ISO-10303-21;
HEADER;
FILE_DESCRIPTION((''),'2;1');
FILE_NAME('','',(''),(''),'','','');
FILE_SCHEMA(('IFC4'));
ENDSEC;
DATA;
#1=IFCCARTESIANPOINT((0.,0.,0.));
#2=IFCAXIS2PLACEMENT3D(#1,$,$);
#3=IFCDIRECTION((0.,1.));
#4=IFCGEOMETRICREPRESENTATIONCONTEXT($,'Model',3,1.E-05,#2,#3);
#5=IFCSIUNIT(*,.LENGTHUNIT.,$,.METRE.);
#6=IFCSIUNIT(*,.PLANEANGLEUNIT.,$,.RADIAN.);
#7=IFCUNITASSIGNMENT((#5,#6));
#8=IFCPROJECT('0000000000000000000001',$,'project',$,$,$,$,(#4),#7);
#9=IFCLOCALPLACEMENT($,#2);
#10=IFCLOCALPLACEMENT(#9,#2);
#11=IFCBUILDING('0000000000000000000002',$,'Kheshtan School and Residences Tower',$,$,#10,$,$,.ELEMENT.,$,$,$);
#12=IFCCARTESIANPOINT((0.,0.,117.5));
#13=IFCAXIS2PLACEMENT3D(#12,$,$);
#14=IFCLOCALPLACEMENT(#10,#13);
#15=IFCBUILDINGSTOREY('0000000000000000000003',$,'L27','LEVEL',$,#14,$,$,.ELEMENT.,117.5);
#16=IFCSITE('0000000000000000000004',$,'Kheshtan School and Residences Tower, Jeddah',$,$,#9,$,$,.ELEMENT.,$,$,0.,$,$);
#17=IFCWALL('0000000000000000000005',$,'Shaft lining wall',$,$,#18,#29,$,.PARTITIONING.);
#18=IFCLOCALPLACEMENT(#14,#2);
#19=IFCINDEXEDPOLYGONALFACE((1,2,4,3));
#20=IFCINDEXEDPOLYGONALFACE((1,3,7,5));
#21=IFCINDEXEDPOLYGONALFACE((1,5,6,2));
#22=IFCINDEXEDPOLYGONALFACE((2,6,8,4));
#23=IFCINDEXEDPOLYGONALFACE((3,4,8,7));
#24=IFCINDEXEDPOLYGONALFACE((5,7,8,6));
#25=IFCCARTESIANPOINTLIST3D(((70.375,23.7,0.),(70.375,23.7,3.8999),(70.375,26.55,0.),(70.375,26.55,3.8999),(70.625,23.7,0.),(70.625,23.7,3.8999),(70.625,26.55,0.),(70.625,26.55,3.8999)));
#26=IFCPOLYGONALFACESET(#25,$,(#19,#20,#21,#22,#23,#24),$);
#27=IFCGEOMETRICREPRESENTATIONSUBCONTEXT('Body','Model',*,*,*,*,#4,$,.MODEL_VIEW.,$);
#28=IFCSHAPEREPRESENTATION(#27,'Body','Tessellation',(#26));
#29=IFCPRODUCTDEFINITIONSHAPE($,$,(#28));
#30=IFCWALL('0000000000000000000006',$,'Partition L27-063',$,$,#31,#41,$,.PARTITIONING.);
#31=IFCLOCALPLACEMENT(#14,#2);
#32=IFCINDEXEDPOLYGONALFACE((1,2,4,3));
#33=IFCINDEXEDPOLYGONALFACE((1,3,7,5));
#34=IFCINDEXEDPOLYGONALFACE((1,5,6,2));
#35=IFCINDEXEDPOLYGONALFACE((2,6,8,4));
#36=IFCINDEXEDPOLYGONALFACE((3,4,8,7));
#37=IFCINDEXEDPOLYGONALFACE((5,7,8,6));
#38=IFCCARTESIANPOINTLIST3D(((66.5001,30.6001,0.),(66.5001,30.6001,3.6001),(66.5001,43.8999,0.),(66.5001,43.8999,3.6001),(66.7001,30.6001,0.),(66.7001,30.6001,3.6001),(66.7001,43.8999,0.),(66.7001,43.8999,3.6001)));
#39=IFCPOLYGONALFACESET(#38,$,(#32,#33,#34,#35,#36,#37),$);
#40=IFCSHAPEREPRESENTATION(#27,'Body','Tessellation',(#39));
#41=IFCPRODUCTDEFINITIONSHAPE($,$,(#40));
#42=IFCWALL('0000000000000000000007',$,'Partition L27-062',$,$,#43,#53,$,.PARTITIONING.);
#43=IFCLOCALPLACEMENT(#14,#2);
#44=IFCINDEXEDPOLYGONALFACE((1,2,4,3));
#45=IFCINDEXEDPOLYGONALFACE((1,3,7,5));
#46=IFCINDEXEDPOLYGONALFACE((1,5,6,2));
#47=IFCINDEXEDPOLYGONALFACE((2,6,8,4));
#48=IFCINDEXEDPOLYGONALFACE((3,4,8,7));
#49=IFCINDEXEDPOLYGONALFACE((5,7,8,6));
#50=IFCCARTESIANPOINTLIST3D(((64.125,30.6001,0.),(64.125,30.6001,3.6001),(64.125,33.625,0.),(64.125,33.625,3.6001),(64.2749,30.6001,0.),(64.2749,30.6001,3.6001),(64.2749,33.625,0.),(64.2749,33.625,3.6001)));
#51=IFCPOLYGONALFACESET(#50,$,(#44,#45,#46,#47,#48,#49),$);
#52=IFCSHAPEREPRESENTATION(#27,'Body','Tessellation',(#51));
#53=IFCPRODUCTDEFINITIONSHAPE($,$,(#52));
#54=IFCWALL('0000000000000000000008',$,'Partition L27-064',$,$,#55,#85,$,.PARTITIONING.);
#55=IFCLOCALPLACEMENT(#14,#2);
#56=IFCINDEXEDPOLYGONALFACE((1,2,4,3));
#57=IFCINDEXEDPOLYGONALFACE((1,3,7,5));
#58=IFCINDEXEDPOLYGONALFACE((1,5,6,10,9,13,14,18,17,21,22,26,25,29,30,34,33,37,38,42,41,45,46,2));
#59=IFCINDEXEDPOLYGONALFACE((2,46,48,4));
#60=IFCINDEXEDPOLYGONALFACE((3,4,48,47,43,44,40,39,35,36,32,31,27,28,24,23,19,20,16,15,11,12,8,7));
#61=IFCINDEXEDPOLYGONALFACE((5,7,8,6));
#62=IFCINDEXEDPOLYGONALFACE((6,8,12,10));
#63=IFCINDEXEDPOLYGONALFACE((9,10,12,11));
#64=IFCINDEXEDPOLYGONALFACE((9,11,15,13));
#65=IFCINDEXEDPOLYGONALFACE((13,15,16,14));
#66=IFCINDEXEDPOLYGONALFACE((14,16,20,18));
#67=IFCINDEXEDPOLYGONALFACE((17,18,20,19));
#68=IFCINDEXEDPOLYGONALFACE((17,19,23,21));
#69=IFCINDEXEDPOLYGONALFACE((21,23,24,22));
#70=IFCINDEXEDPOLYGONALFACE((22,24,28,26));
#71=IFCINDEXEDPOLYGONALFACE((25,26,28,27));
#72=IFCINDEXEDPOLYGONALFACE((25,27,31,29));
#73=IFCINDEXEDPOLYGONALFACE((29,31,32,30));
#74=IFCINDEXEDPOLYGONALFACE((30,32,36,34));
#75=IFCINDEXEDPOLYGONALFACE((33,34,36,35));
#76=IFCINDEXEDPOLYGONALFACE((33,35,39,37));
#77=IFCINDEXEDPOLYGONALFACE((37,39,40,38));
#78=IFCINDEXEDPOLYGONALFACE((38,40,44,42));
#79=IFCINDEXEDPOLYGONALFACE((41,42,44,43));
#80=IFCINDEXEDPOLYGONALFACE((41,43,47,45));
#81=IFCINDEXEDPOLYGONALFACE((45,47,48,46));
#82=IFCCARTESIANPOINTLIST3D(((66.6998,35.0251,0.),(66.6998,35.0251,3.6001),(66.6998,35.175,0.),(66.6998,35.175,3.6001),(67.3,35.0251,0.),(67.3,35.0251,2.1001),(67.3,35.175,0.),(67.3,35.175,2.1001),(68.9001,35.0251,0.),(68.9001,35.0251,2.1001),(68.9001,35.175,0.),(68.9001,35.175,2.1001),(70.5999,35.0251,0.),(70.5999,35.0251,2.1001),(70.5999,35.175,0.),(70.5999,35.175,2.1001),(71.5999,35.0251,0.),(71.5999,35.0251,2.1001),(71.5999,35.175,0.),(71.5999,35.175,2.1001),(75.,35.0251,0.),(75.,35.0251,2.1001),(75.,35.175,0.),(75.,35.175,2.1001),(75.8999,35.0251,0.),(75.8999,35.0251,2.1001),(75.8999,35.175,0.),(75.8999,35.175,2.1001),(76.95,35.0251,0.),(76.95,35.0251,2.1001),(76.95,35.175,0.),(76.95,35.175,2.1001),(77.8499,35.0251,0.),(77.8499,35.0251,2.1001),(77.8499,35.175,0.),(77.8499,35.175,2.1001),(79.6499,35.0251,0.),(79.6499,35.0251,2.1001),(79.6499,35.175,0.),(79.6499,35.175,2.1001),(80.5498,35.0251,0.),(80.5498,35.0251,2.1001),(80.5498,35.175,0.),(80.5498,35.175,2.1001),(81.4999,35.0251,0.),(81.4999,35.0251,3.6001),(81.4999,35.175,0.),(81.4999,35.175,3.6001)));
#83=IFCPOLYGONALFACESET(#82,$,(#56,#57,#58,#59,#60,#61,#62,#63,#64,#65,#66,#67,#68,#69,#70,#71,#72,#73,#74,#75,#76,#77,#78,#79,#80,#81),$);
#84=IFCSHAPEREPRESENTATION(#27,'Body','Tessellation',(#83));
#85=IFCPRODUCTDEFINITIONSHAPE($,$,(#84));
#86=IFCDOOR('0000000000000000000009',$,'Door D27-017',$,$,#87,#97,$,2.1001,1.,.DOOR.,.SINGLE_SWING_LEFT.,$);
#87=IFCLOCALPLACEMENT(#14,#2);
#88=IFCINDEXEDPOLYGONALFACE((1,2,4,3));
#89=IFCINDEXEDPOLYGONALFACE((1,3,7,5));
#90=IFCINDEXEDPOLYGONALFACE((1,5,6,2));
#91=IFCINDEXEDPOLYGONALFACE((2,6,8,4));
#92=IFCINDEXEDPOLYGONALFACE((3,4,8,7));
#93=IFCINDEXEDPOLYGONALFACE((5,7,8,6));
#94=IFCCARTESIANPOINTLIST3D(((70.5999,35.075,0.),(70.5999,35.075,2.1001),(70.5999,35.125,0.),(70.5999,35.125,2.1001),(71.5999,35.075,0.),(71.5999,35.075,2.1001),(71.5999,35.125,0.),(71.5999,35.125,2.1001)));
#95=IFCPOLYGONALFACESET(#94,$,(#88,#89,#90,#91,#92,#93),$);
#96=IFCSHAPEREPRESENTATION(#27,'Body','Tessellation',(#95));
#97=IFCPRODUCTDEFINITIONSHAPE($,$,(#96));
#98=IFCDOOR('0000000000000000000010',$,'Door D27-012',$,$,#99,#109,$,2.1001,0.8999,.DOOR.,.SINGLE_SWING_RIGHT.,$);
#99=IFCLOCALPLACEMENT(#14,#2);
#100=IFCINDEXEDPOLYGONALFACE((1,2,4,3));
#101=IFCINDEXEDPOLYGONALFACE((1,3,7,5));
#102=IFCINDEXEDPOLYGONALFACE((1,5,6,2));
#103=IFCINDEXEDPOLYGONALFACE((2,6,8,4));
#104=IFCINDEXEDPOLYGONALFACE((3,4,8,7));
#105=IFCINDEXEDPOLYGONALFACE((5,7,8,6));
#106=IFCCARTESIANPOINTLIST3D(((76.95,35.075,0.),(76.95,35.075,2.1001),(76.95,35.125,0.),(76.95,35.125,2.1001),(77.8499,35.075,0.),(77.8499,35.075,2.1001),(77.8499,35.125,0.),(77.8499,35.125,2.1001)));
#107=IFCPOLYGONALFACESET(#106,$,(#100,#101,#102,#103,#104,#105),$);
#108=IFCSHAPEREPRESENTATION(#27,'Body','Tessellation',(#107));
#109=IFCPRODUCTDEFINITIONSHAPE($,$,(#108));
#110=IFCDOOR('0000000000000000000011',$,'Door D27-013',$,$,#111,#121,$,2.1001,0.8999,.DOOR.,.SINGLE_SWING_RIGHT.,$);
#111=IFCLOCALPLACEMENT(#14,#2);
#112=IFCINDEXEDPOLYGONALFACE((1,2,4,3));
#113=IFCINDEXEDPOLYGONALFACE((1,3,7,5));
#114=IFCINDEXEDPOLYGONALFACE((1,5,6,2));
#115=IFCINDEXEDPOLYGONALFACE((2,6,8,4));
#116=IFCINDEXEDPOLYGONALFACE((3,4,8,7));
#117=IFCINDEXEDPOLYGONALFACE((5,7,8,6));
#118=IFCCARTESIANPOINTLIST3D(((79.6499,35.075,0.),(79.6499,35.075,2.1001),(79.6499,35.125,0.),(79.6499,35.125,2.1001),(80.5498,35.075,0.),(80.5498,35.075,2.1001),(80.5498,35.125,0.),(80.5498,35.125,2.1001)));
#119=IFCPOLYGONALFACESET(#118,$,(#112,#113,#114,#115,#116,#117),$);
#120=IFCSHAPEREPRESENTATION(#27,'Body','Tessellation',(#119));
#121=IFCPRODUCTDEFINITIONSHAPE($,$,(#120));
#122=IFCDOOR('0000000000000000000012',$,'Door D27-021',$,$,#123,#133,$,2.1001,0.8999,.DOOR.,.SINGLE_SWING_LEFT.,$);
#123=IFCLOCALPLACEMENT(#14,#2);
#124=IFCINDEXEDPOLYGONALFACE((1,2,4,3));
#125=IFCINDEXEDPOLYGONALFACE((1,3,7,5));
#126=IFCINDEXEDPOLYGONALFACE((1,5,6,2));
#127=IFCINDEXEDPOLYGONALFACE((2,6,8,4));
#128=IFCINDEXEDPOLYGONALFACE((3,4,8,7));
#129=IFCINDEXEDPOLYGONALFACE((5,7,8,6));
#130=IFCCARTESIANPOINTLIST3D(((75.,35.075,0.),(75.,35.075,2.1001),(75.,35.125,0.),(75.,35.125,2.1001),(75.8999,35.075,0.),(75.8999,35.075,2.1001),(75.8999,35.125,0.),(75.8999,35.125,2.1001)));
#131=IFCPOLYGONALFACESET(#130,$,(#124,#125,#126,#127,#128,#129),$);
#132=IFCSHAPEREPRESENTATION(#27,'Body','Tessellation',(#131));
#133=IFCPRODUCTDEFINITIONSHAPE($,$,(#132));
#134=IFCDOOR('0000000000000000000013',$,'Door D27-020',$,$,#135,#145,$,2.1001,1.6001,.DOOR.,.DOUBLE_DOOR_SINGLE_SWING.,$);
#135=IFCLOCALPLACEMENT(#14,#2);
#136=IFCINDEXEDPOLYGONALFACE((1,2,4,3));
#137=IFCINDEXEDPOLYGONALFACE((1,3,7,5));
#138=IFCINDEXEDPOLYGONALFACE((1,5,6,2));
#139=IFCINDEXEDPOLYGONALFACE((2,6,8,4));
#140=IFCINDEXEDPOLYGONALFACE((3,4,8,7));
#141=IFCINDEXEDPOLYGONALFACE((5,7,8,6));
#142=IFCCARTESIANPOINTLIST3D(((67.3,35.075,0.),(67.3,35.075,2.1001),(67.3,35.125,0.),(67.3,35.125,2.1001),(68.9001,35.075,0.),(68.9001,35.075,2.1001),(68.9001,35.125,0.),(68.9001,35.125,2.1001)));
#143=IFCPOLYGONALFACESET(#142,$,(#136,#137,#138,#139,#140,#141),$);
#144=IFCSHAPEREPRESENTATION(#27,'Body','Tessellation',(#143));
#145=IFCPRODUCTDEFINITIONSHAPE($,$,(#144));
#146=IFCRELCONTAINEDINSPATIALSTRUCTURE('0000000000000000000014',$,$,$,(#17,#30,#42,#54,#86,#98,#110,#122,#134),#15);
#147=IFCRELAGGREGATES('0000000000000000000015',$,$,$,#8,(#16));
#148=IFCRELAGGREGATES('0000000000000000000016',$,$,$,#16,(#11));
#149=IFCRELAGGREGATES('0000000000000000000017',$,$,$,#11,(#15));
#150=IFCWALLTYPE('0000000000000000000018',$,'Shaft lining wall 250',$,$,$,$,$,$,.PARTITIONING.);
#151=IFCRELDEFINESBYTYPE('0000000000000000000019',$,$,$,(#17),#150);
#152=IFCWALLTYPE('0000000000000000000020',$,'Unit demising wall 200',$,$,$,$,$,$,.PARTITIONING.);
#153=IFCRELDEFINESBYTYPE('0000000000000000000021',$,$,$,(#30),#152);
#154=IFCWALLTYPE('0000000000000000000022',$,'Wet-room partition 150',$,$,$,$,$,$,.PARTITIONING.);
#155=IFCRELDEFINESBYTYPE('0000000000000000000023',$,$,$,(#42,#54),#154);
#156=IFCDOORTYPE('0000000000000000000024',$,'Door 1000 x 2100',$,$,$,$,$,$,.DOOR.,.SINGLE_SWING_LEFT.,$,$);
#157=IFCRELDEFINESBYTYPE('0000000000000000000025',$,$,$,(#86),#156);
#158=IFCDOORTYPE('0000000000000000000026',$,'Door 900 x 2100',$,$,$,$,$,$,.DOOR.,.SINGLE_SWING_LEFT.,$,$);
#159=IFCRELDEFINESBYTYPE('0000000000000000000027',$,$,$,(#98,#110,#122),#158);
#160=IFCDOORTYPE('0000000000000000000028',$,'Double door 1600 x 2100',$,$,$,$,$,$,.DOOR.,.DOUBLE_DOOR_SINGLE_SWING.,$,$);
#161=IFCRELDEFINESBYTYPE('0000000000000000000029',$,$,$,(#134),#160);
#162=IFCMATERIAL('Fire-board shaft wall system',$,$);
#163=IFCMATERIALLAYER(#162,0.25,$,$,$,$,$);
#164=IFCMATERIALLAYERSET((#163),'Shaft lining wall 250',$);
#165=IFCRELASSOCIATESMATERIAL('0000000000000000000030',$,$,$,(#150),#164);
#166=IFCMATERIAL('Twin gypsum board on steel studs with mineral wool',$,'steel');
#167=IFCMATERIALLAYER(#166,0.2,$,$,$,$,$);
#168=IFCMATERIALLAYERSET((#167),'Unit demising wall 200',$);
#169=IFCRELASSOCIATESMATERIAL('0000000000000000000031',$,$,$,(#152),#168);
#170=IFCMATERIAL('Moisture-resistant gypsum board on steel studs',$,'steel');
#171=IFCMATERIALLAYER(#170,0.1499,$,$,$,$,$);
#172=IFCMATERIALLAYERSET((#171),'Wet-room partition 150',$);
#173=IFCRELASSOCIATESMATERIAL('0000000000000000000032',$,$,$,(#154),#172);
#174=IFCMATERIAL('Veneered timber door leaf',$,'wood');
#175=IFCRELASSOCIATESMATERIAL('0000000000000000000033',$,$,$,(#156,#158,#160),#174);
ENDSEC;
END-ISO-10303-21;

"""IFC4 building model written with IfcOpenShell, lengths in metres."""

from ifc_helpers import new_model, si_unit, direction, frame, frame_2d, origin, place, context, subcontext, project, spatial, rectangle, extrude, source, transform, mapped, material, layer, layer_set, type_object, element, fill, save


model = new_model("IFC4")

# Units and contexts
model_context = context("Model", 3, precision=1e-05, world=origin(), true_north=direction((0.0, 1.0)))
body_context = subcontext(model_context, "Body", "Model", "MODEL_VIEW")
ifc_project = project(units=[si_unit("LENGTHUNIT", "METRE"), si_unit("PLANEANGLEUNIT", "RADIAN")], contexts=[model_context])

# Site, building, storey
site_placement = place(None, origin())
site = spatial("IfcSite", under=ifc_project, at=site_placement, Name="Kheshtan School and Residences Tower, Jeddah", CompositionType="ELEMENT", RefElevation=0.0)
building_placement = place(site_placement, origin())
building = spatial("IfcBuilding", under=site, at=building_placement, Name="Kheshtan School and Residences Tower", CompositionType="ELEMENT")
storey_placement = place(building_placement, frame((0.0, 0.0, 117.5)))
storey = spatial("IfcBuildingStorey", under=building, at=storey_placement, Name="L27", Description="LEVEL", CompositionType="ELEMENT", Elevation=117.5)

# Walls
ifc_material_1 = material(Name="Fire-board shaft wall system")
ifc_layer_1 = layer(ifc_material_1, 0.25)
ifc_layer_set_1 = layer_set([ifc_layer_1], Name="Shaft lining wall 250")
wall_type_1 = type_object("IfcWallType", Name="Shaft lining wall 250", PredefinedType="PARTITIONING", material=ifc_layer_set_1)
wall_1_placement = place(storey_placement, frame((70.5, 23.7, 0.0), z_axis=(0.0, 0.0, 1.0), x_axis=(0.0, 1.0, 0.0)))
element("IfcWall", 1, at=wall_1_placement, inside=storey, type_object=wall_type_1, Name="Shaft lining wall", PredefinedType="PARTITIONING", context=body_context, shape_type="SweptSolid", body=[
    extrude(rectangle(XDim=2.8501, YDim=0.25, at=frame_2d((1.425, 0.0))), origin(), (0.0, 0.0, 1.0), 3.8999),
])
ifc_material_2 = material(Name="Twin gypsum board on steel studs with mineral wool", Category="steel")
ifc_layer_2 = layer(ifc_material_2, 0.2)
ifc_layer_set_2 = layer_set([ifc_layer_2], Name="Unit demising wall 200")
wall_type_2 = type_object("IfcWallType", Name="Unit demising wall 200", PredefinedType="PARTITIONING", material=ifc_layer_set_2)
wall_2_placement = place(storey_placement, frame((66.6001, 30.6001, 0.0), z_axis=(0.0, 0.0, 1.0), x_axis=(0.0, 1.0, 0.0)))
element("IfcWall", 2, at=wall_2_placement, inside=storey, type_object=wall_type_2, Name="Partition L27-063", PredefinedType="PARTITIONING", context=body_context, shape_type="SweptSolid", body=[
    extrude(rectangle(XDim=13.2998, YDim=0.2, at=frame_2d((6.6499, 0.0))), origin(), (0.0, 0.0, 1.0), 3.6001),
])
ifc_material_3 = material(Name="Moisture-resistant gypsum board on steel studs", Category="steel")
ifc_layer_3 = layer(ifc_material_3, 0.1499)
ifc_layer_set_3 = layer_set([ifc_layer_3], Name="Wet-room partition 150")
wall_type_3 = type_object("IfcWallType", Name="Wet-room partition 150", PredefinedType="PARTITIONING", material=ifc_layer_set_3)
wall_3_placement = place(storey_placement, frame((64.2, 30.6001, 0.0), z_axis=(0.0, 0.0, 1.0), x_axis=(0.0, 1.0, 0.0)))
element("IfcWall", 3, at=wall_3_placement, inside=storey, type_object=wall_type_3, Name="Partition L27-062", PredefinedType="PARTITIONING", context=body_context, shape_type="SweptSolid", body=[
    extrude(rectangle(XDim=3.0249, YDim=0.1499, at=frame_2d((1.5125, 0.0))), origin(), (0.0, 0.0, 1.0), 3.6001),
])

# Wall, openings, doors
wall_4_placement = place(storey_placement, frame((66.7, 35.1001, 0.0), z_axis=(0.0, 0.0, 1.0), x_axis=(1.0, 0.0, 0.0)))
wall_4 = element("IfcWall", 4, at=wall_4_placement, inside=storey, type_object=wall_type_3, Name="Partition L27-064", PredefinedType="PARTITIONING", context=body_context, shape_type="SweptSolid", body=[
    extrude(rectangle(XDim=14.8, YDim=0.1499, at=frame_2d((7.3999, 0.0))), origin(), (0.0, 0.0, 1.0), 3.6001),
])
opening_1_placement = place(wall_4_placement, frame((10.25, 0.0, 0.0)))
opening_1 = element("IfcOpeningElement", 5, at=opening_1_placement, cuts=wall_4, PredefinedType="OPENING", context=body_context, shape_type="SweptSolid", body=[
    extrude(rectangle(XDim=0.8999, YDim=2.1001, at=frame_2d((0.45, 1.05))), frame((0.0, 0.085, 0.0), z_axis=(0.0, -1.0, 0.0), x_axis=(1.0, 0.0, 0.0)), (0.0, 0.0, 1.0), 0.1699),
])
opening_2_placement = place(wall_4_placement, frame((12.95, 0.0, 0.0)))
opening_2 = element("IfcOpeningElement", 6, at=opening_2_placement, cuts=wall_4, PredefinedType="OPENING", context=body_context, shape_type="SweptSolid", body=[
    extrude(rectangle(XDim=0.8999, YDim=2.1001, at=frame_2d((0.45, 1.05))), frame((0.0, 0.085, 0.0), z_axis=(0.0, -1.0, 0.0), x_axis=(1.0, 0.0, 0.0)), (0.0, 0.0, 1.0), 0.1699),
])
opening_3_placement = place(wall_4_placement, frame((3.8999, 0.0, 0.0)))
opening_3 = element("IfcOpeningElement", 7, at=opening_3_placement, cuts=wall_4, PredefinedType="OPENING", context=body_context, shape_type="SweptSolid", body=[
    extrude(rectangle(XDim=1.0, YDim=2.1001, at=frame_2d((0.5, 1.05))), frame((0.0, 0.085, 0.0), z_axis=(0.0, -1.0, 0.0), x_axis=(1.0, 0.0, 0.0)), (0.0, 0.0, 1.0), 0.1699),
])
opening_4_placement = place(wall_4_placement, frame((0.6001, 0.0, 0.0)))
opening_4 = element("IfcOpeningElement", 8, at=opening_4_placement, cuts=wall_4, PredefinedType="OPENING", context=body_context, shape_type="SweptSolid", body=[
    extrude(rectangle(XDim=1.6001, YDim=2.1001, at=frame_2d((0.8, 1.05))), frame((0.0, 0.085, 0.0), z_axis=(0.0, -1.0, 0.0), x_axis=(1.0, 0.0, 0.0)), (0.0, 0.0, 1.0), 0.1699),
])
opening_5_placement = place(wall_4_placement, frame((8.3, 0.0, 0.0)))
opening_5 = element("IfcOpeningElement", 9, at=opening_5_placement, cuts=wall_4, PredefinedType="OPENING", context=body_context, shape_type="SweptSolid", body=[
    extrude(rectangle(XDim=0.8999, YDim=2.1001, at=frame_2d((0.45, 1.05))), frame((0.0, 0.085, 0.0), z_axis=(0.0, -1.0, 0.0), x_axis=(1.0, 0.0, 0.0)), (0.0, 0.0, 1.0), 0.1699),
])
ifc_material_4 = material(Name="Veneered timber door leaf", Category="wood")
door_type_1 = type_object("IfcDoorType", Name="Door 1000 x 2100", OperationType="SINGLE_SWING_LEFT", PredefinedType="DOOR", material=ifc_material_4)
shared_shape_1 = source(origin(), body_context, "Body", "SweptSolid", [
    extrude(rectangle(XDim=1.0, YDim=2.1001, at=frame_2d((0.5, 1.05))), frame((0.0, 0.0249, 0.0), z_axis=(0.0, -1.0, 0.0), x_axis=(1.0, 0.0, 0.0)), (0.0, 0.0, 1.0), 0.05),
])
door_1_placement = place(opening_3_placement, origin())
door_1 = element("IfcDoor", 10, at=door_1_placement, inside=storey, type_object=door_type_1, Name="Door D27-017", OperationType="SINGLE_SWING_LEFT", OverallHeight=2.1001, OverallWidth=1.0, PredefinedType="DOOR", context=body_context, shape_type="MappedRepresentation", body=[
    mapped(shared_shape_1, transform((0.0, 0.0, 0.0), x_axis=(1.0, 0.0, 0.0), y_axis=(0.0, 1.0, 0.0), z_axis=(0.0, 0.0, 1.0), scale=1.0)),
])
fill(opening_3, door_1)
door_type_2 = type_object("IfcDoorType", Name="Door 900 x 2100", OperationType="SINGLE_SWING_LEFT", PredefinedType="DOOR", material=ifc_material_4)
shared_shape_2 = source(origin(), body_context, "Body", "SweptSolid", [
    extrude(rectangle(XDim=0.8999, YDim=2.1001, at=frame_2d((0.45, 1.05))), frame((0.0, 0.0249, 0.0), z_axis=(0.0, -1.0, 0.0), x_axis=(1.0, 0.0, 0.0)), (0.0, 0.0, 1.0), 0.05),
])
door_2_placement = place(opening_1_placement, origin())
door_2 = element("IfcDoor", 11, at=door_2_placement, inside=storey, type_object=door_type_2, Name="Door D27-012", OperationType="SINGLE_SWING_RIGHT", OverallHeight=2.1001, OverallWidth=0.8999, PredefinedType="DOOR", context=body_context, shape_type="MappedRepresentation", body=[
    mapped(shared_shape_2, transform((0.0, 0.0, 0.0), x_axis=(1.0, 0.0, 0.0), y_axis=(0.0, 1.0, 0.0), z_axis=(0.0, 0.0, 1.0), scale=1.0)),
])
fill(opening_1, door_2)
door_3_placement = place(opening_2_placement, origin())
door_3 = element("IfcDoor", 12, at=door_3_placement, inside=storey, type_object=door_type_2, Name="Door D27-013", OperationType="SINGLE_SWING_RIGHT", OverallHeight=2.1001, OverallWidth=0.8999, PredefinedType="DOOR", context=body_context, shape_type="MappedRepresentation", body=[
    mapped(shared_shape_2, transform((0.0, 0.0, 0.0), x_axis=(1.0, 0.0, 0.0), y_axis=(0.0, 1.0, 0.0), z_axis=(0.0, 0.0, 1.0), scale=1.0)),
])
fill(opening_2, door_3)
door_4_placement = place(opening_5_placement, origin())
door_4 = element("IfcDoor", 13, at=door_4_placement, inside=storey, type_object=door_type_2, Name="Door D27-021", OperationType="SINGLE_SWING_LEFT", OverallHeight=2.1001, OverallWidth=0.8999, PredefinedType="DOOR", context=body_context, shape_type="MappedRepresentation", body=[
    mapped(shared_shape_2, transform((0.0, 0.0, 0.0), x_axis=(1.0, 0.0, 0.0), y_axis=(0.0, 1.0, 0.0), z_axis=(0.0, 0.0, 1.0), scale=1.0)),
])
fill(opening_5, door_4)
door_type_3 = type_object("IfcDoorType", Name="Double door 1600 x 2100", OperationType="DOUBLE_DOOR_SINGLE_SWING", PredefinedType="DOOR", material=ifc_material_4)
shared_shape_3 = source(origin(), body_context, "Body", "SweptSolid", [
    extrude(rectangle(XDim=1.6001, YDim=2.1001, at=frame_2d((0.8, 1.05))), frame((0.0, 0.0249, 0.0), z_axis=(0.0, -1.0, 0.0), x_axis=(1.0, 0.0, 0.0)), (0.0, 0.0, 1.0), 0.05),
])
door_5_placement = place(opening_4_placement, origin())
door_5 = element("IfcDoor", 14, at=door_5_placement, inside=storey, type_object=door_type_3, Name="Door D27-020", OperationType="DOUBLE_DOOR_SINGLE_SWING", OverallHeight=2.1001, OverallWidth=1.6001, PredefinedType="DOOR", context=body_context, shape_type="MappedRepresentation", body=[
    mapped(shared_shape_3, transform((0.0, 0.0, 0.0), x_axis=(1.0, 0.0, 0.0), y_axis=(0.0, 1.0, 0.0), z_axis=(0.0, 0.0, 1.0), scale=1.0)),
])
fill(opening_4, door_5)

save(model, "model.ifc")
